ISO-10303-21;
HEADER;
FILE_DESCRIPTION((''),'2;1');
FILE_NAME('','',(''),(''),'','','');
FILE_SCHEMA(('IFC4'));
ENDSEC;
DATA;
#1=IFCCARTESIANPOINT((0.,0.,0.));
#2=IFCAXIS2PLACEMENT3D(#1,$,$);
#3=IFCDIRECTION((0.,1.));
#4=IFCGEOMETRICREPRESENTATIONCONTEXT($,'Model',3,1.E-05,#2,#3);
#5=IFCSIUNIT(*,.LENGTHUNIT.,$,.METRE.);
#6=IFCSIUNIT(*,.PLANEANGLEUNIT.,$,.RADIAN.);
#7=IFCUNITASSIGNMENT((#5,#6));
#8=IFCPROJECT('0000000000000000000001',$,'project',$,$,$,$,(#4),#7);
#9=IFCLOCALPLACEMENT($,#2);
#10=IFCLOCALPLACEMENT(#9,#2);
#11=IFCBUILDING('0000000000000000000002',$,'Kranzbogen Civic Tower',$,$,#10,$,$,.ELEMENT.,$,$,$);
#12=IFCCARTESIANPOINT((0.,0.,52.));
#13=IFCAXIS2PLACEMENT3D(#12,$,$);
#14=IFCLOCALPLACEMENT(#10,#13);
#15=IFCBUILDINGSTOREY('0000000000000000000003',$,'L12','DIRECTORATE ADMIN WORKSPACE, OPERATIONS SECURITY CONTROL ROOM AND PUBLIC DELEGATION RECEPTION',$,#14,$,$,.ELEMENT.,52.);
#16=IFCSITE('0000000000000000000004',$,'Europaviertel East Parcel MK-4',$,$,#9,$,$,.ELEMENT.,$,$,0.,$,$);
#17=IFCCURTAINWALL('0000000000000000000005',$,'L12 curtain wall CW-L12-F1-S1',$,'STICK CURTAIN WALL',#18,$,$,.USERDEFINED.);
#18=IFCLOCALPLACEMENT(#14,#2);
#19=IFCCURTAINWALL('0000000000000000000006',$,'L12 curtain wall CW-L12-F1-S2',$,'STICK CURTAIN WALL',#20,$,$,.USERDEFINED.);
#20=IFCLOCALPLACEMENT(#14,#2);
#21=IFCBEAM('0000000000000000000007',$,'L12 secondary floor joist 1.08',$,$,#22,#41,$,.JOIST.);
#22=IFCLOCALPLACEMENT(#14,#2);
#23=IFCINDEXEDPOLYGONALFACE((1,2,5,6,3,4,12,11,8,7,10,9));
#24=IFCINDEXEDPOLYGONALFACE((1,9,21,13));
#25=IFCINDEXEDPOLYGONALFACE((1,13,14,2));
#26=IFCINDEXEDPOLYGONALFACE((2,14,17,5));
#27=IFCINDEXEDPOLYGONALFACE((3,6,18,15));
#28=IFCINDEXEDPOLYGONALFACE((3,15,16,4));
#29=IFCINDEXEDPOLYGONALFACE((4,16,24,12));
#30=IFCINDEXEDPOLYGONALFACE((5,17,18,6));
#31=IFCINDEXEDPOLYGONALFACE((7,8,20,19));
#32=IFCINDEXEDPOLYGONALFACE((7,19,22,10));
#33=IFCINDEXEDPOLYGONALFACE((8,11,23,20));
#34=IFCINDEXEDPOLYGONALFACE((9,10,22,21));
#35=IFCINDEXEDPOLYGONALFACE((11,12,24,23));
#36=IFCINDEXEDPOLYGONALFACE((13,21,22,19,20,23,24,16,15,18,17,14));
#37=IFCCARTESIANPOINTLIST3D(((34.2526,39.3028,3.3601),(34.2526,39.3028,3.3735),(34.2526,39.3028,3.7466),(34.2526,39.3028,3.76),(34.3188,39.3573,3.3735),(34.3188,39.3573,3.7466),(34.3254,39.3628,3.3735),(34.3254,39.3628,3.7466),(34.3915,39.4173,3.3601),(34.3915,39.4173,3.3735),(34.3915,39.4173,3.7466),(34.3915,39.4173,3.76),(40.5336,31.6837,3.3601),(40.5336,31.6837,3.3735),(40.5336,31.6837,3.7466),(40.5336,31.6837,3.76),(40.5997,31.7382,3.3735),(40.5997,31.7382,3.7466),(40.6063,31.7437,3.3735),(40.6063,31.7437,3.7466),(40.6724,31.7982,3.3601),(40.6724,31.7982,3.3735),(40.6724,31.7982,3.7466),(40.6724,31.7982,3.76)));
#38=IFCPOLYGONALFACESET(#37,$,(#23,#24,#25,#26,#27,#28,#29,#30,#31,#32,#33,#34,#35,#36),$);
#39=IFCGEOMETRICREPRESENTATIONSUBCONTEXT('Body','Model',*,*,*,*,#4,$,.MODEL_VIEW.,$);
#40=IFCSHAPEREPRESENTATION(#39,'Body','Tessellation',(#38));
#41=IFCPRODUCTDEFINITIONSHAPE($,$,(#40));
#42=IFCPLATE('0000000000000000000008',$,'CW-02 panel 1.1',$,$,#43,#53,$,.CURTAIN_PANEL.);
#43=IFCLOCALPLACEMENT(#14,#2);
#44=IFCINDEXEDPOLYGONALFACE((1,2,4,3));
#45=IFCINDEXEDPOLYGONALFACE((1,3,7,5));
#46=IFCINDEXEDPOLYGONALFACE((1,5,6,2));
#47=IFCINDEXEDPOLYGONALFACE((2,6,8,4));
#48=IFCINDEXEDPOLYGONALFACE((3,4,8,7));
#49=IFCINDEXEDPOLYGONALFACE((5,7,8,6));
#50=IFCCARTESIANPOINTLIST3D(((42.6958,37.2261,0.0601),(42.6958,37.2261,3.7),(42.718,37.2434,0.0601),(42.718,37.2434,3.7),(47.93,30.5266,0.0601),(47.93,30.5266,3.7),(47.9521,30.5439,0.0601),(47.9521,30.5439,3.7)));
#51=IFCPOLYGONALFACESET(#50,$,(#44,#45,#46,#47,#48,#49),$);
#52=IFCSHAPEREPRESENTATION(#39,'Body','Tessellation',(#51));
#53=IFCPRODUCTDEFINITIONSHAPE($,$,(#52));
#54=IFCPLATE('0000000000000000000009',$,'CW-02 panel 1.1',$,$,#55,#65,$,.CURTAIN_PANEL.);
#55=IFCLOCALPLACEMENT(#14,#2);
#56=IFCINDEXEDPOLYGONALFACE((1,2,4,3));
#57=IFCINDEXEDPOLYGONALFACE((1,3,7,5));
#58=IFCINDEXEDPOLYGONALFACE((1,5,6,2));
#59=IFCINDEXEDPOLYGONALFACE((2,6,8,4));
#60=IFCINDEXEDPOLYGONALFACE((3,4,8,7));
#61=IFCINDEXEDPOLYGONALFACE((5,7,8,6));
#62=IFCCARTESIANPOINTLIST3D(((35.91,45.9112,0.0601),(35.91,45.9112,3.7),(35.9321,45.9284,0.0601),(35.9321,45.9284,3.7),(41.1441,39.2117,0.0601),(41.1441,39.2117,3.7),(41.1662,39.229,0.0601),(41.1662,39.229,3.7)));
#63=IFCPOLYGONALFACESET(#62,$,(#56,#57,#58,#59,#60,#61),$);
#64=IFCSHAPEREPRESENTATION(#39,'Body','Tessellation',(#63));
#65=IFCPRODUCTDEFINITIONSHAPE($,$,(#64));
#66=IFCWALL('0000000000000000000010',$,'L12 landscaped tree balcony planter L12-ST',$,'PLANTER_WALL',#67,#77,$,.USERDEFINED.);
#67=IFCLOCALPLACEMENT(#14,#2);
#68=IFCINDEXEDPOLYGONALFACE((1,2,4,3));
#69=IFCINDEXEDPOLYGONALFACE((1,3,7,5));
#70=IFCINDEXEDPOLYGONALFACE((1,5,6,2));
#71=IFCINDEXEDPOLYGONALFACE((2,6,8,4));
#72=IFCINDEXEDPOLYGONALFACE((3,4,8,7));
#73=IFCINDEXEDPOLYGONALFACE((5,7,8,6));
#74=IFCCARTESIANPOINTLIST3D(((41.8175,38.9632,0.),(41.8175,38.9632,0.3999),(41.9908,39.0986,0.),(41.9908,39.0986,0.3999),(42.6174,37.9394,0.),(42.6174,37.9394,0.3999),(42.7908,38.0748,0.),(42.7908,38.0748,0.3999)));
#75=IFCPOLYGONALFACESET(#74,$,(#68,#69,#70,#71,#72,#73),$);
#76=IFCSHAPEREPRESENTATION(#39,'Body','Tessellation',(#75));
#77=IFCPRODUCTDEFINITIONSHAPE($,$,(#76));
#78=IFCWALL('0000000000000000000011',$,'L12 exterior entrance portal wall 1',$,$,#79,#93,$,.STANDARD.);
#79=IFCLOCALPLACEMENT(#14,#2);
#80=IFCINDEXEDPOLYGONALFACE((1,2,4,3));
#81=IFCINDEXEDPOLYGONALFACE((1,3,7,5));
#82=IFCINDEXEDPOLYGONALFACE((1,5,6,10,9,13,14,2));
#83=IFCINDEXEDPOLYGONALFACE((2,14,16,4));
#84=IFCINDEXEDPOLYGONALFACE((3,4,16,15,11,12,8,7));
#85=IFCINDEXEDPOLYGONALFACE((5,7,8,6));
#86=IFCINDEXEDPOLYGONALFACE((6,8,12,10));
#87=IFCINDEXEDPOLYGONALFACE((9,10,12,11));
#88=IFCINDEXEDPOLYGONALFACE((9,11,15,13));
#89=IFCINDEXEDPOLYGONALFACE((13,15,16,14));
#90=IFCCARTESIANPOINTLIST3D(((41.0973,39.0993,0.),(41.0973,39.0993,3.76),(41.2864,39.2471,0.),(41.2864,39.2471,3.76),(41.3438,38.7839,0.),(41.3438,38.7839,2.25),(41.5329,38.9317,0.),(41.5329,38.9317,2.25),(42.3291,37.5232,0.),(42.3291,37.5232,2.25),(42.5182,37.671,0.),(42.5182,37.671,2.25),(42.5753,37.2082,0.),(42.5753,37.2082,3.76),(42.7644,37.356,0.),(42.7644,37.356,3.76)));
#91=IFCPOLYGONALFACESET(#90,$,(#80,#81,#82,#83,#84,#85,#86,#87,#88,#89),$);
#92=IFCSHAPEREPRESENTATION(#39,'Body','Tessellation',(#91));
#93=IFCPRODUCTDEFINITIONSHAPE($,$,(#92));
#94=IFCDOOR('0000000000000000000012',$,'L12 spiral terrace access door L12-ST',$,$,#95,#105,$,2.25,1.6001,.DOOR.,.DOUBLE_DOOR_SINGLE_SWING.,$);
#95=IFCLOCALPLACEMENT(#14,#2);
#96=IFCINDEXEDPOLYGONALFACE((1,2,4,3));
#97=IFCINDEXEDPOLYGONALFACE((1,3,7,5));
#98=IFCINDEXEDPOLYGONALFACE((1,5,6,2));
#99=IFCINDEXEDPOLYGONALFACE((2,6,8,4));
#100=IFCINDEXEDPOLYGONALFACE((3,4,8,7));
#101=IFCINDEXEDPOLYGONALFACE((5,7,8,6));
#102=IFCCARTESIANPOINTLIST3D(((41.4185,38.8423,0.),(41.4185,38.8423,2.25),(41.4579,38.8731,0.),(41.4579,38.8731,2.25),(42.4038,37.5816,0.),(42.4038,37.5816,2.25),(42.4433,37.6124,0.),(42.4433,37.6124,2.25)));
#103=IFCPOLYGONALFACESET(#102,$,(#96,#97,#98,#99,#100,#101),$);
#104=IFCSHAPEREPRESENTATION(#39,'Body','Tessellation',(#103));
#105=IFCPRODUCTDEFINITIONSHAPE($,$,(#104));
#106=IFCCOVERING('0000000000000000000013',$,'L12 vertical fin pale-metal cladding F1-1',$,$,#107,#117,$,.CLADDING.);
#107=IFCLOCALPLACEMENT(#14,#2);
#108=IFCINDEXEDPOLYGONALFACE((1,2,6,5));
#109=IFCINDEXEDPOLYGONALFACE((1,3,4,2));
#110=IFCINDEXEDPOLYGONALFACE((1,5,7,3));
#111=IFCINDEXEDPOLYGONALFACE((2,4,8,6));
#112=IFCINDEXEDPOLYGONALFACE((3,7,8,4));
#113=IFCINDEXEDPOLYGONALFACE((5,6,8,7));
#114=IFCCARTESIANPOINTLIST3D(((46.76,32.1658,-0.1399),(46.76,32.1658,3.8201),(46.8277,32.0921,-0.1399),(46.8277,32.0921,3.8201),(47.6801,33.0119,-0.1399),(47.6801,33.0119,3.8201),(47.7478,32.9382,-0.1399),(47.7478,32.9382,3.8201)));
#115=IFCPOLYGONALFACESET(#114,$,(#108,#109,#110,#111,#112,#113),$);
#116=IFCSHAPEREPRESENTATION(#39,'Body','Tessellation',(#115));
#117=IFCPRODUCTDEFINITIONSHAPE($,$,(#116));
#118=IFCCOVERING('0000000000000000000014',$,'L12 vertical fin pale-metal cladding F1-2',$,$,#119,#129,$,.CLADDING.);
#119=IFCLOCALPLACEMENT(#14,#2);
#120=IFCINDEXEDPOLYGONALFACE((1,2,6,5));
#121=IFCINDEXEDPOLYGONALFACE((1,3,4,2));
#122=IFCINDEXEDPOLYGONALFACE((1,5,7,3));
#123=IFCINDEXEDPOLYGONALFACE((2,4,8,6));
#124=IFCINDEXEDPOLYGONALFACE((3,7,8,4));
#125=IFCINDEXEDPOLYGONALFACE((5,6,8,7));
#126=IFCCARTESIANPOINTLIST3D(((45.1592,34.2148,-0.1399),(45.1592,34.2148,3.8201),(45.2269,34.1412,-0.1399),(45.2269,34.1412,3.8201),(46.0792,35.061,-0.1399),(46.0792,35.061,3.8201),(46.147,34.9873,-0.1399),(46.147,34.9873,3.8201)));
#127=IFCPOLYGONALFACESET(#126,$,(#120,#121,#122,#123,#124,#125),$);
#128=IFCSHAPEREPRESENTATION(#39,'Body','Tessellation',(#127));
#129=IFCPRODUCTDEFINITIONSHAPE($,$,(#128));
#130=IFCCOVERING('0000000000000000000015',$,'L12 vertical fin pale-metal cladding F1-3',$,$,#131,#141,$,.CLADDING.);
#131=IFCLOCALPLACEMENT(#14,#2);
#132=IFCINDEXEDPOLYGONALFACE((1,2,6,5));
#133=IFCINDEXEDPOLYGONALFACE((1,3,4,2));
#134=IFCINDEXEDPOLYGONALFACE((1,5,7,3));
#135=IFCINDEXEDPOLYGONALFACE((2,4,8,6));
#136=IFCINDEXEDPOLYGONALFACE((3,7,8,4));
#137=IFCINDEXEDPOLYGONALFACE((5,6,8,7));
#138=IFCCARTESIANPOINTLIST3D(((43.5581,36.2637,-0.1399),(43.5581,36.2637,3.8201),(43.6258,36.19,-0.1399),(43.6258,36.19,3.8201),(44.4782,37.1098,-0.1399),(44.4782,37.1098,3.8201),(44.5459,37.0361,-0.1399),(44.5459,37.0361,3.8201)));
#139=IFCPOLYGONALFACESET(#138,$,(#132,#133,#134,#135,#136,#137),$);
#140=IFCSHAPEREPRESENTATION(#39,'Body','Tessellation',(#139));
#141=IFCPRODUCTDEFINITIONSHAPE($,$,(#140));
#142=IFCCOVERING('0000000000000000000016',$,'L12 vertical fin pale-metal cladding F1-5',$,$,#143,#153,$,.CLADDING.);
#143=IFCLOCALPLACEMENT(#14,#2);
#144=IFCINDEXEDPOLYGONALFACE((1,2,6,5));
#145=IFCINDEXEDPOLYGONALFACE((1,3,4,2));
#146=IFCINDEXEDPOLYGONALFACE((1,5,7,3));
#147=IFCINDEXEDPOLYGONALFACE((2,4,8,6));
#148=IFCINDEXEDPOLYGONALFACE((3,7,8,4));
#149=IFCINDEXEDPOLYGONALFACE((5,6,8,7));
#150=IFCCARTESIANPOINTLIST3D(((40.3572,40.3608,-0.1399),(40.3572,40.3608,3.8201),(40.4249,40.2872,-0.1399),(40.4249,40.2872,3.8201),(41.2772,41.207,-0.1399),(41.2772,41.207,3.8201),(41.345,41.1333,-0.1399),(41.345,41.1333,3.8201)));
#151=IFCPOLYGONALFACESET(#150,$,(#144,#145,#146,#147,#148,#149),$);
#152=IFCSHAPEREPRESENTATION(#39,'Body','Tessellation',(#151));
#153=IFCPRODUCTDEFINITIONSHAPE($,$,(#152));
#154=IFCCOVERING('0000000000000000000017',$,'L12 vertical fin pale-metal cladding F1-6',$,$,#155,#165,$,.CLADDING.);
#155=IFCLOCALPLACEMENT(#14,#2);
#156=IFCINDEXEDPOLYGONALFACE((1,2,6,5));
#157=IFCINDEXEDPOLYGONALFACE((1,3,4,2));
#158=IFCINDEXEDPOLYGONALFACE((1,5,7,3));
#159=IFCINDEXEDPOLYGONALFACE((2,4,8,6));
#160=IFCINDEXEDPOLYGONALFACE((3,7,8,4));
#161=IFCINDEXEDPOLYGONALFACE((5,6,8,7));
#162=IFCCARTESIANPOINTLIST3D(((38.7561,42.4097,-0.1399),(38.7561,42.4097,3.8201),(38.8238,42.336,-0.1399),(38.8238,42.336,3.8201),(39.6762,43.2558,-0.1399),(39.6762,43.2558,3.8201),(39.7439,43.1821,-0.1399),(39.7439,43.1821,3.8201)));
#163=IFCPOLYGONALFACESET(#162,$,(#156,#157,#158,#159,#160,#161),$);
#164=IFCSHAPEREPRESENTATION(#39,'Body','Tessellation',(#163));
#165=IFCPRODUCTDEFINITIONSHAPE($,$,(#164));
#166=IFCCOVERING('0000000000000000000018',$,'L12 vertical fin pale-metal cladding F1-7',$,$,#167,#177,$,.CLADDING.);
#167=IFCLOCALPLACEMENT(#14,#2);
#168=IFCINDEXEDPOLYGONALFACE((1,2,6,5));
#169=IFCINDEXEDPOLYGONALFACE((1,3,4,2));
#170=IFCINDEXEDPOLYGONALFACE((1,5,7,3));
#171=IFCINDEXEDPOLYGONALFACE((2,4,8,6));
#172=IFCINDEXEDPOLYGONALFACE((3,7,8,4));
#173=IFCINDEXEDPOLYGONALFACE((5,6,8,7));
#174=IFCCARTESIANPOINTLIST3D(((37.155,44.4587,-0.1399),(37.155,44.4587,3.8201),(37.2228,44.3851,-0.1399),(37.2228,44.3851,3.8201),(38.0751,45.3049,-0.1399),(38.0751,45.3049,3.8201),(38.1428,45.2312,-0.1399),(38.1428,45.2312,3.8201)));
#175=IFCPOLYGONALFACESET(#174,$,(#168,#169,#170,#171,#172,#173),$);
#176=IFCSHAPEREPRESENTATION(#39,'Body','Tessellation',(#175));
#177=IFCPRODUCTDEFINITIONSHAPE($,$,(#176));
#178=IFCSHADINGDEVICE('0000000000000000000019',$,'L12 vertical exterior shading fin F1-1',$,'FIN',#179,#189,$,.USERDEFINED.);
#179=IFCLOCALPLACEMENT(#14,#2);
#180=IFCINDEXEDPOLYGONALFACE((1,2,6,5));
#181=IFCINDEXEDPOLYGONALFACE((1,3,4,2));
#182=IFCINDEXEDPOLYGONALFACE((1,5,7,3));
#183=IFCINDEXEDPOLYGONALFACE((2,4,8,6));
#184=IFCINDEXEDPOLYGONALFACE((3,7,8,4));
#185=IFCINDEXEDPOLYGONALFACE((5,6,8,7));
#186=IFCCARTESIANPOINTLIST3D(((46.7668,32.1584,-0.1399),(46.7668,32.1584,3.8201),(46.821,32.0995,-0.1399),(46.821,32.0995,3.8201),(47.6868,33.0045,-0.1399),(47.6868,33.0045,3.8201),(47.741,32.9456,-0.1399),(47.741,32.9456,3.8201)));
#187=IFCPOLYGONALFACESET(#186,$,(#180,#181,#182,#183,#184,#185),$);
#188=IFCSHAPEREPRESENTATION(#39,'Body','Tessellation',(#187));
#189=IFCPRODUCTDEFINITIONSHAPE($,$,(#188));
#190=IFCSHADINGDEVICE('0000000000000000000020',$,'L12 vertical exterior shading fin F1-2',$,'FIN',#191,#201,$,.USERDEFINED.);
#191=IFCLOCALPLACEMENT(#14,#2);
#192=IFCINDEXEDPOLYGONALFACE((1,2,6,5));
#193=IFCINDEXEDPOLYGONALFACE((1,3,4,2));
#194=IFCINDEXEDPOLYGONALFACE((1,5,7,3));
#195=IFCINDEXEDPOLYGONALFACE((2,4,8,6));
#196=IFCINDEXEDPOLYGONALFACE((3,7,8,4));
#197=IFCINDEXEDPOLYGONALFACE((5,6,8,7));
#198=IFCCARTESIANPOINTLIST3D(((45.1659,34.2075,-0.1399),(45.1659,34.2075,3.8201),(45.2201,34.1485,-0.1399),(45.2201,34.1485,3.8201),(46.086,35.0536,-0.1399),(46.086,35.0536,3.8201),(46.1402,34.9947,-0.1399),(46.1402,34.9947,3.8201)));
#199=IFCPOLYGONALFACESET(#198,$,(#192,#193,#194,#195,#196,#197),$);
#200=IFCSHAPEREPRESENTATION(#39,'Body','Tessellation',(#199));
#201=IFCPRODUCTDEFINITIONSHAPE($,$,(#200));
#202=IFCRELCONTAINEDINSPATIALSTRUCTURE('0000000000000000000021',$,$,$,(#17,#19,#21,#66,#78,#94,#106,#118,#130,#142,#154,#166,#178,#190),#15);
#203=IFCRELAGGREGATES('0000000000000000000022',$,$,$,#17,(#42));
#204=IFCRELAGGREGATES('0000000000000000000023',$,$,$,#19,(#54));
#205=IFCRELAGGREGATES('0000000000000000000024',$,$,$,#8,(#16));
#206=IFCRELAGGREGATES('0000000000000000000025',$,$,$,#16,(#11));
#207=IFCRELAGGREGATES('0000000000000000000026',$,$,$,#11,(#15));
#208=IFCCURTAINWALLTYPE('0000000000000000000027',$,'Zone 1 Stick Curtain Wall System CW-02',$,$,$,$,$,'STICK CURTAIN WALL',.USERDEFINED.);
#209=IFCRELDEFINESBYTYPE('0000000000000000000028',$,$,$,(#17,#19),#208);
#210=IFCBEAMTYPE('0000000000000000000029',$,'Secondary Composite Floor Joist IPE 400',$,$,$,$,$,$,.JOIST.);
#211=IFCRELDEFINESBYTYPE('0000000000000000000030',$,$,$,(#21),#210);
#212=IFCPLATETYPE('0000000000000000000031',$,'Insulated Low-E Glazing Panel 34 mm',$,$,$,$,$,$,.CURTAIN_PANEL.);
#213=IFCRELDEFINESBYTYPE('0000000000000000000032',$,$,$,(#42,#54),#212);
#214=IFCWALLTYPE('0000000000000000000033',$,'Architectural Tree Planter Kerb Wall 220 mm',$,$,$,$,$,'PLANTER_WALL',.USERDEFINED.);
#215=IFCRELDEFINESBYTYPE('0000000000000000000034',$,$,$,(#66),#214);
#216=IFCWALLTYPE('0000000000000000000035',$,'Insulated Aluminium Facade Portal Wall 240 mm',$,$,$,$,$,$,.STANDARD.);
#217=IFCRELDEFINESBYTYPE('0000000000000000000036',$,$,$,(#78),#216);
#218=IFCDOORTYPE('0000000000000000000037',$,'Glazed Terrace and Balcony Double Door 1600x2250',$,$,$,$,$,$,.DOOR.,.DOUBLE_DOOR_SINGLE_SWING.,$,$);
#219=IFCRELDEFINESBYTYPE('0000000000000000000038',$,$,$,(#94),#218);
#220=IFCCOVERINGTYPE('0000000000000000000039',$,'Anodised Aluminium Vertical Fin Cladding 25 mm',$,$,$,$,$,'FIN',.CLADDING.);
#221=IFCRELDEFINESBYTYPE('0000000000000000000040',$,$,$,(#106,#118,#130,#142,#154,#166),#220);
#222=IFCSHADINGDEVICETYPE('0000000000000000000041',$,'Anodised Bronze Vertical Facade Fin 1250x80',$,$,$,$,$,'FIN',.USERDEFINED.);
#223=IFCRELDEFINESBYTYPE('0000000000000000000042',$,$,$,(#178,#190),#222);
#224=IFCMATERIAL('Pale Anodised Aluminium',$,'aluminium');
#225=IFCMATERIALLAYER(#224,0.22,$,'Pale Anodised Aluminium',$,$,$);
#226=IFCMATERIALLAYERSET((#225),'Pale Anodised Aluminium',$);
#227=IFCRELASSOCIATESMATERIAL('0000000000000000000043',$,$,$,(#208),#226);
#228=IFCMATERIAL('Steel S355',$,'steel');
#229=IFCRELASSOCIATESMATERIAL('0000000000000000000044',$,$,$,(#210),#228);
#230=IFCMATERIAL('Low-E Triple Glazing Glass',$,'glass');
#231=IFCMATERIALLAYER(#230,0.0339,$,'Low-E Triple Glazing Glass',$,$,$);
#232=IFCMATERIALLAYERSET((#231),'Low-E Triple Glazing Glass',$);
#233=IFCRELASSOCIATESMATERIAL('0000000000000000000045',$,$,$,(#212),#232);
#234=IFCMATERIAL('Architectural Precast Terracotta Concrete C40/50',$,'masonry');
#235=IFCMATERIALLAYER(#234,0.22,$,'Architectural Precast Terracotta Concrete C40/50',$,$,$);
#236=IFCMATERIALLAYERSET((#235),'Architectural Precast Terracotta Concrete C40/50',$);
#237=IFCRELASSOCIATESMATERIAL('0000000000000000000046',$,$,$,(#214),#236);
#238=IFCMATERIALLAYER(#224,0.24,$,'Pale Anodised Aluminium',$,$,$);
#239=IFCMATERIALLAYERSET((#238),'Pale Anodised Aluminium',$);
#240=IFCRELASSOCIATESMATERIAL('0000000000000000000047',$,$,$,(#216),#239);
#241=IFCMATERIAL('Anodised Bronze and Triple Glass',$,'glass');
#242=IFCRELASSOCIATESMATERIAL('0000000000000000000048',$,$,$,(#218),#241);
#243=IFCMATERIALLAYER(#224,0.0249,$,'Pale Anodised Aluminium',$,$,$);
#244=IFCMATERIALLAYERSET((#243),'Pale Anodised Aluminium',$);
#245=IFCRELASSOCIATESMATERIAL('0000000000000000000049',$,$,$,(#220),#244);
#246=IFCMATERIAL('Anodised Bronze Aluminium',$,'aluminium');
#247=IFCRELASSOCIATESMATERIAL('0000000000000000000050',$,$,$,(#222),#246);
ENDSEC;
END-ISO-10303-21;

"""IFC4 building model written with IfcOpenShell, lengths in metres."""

from ifc_helpers import new_model, si_unit, direction, frame, frame_2d, origin, origin_2d, place, context, subcontext, project, spatial, rectangle, i_section, extrude, material, layer, layer_set, material_profile, profile_set, type_object, element, fill, aggregate, save


model = new_model("IFC4")

# Units and contexts
model_context = context("Model", 3, precision=1e-05, world=origin(), true_north=direction((0.0, 1.0)))
body_context = subcontext(model_context, "Body", "Model", "MODEL_VIEW")
ifc_project = project(units=[si_unit("LENGTHUNIT", "METRE"), si_unit("PLANEANGLEUNIT", "RADIAN")], contexts=[model_context])

# Site, building, storey
site_placement = place(None, origin())
site = spatial("IfcSite", under=ifc_project, at=site_placement, Name="Europaviertel East Parcel MK-4", CompositionType="ELEMENT", RefElevation=0.0)
building_placement = place(site_placement, origin())
building = spatial("IfcBuilding", under=site, at=building_placement, Name="Kranzbogen Civic Tower", CompositionType="ELEMENT")
storey_placement = place(building_placement, frame((0.0, 0.0, 52.0)))
storey = spatial("IfcBuildingStorey", under=building, at=storey_placement, Name="L12", Description="DIRECTORATE ADMIN WORKSPACE, OPERATIONS SECURITY CONTROL ROOM AND PUBLIC DELEGATION RECEPTION", CompositionType="ELEMENT", Elevation=52.0)

# Curtain wall
ifc_material_1 = material(Name="Pale Anodised Aluminium", Category="aluminium")
ifc_layer_1 = layer(ifc_material_1, 0.22, Name="Pale Anodised Aluminium")
ifc_layer_set_1 = layer_set([ifc_layer_1], Name="Pale Anodised Aluminium")
curtain_wall_type = type_object("IfcCurtainWallType", Name="Zone 1 Stick Curtain Wall System CW-02", ElementType="STICK CURTAIN WALL", PredefinedType="USERDEFINED", material=ifc_layer_set_1)
curtain_wall_1_placement = place(storey_placement, origin())
curtain_wall_1 = element("IfcCurtainWall", 1, at=curtain_wall_1_placement, inside=storey, type_object=curtain_wall_type, Name="L12 curtain wall CW-L12-F1-S1", ObjectType="STICK CURTAIN WALL", PredefinedType="USERDEFINED")

# Curtain wall
curtain_wall_2_placement = place(storey_placement, origin())
curtain_wall_2 = element("IfcCurtainWall", 2, at=curtain_wall_2_placement, inside=storey, type_object=curtain_wall_type, Name="L12 curtain wall CW-L12-F1-S2", ObjectType="STICK CURTAIN WALL", PredefinedType="USERDEFINED")

# Beam
ifc_material_2 = material(Name="Steel S355", Category="steel")
ifc_material_profile_1 = material_profile(ifc_material_2, i_section(OverallWidth=0.1799, OverallDepth=0.3999, WebThickness=0.0085, FlangeThickness=0.0134, at=origin_2d()), Name="IPE 400")
ifc_profile_set_1 = profile_set([ifc_material_profile_1], Name="Steel S355")
beam_type_1 = type_object("IfcBeamType", Name="Secondary Composite Floor Joist IPE 400", PredefinedType="JOIST", material=ifc_profile_set_1)
beam_1_placement = place(storey_placement, frame((40.603, 31.741, 3.5601), z_axis=(-0.636095, 0.771611, 0.0), x_axis=(-0.771611, -0.636095, 0.0)))
element("IfcBeam", 3, at=beam_1_placement, inside=storey, type_object=beam_type_1, Name="L12 secondary floor joist 1.08", PredefinedType="JOIST", context=body_context, shape_type="SweptSolid", body=[
    extrude(i_section(OverallWidth=0.1799, OverallDepth=0.3999, WebThickness=0.0085, FlangeThickness=0.0134, at=origin_2d()), origin(), (0.0, 0.0, 1.0), 9.8743),
])

# Plates
ifc_material_3 = material(Name="Low-E Triple Glazing Glass", Category="glass")
ifc_layer_2 = layer(ifc_material_3, 0.0339, Name="Low-E Triple Glazing Glass")
ifc_layer_set_2 = layer_set([ifc_layer_2], Name="Low-E Triple Glazing Glass")
plate_type = type_object("IfcPlateType", Name="Insulated Low-E Glazing Panel 34 mm", PredefinedType="CURTAIN_PANEL", material=ifc_layer_set_2)
plate_1_placement = place(storey_placement, frame((45.324, 33.885, 0.0601), z_axis=(0.0, 0.0, 1.0), x_axis=(-0.615658, 0.788014, 0.0)))
plate_1 = element("IfcPlate", 4, at=plate_1_placement, type_object=plate_type, Name="CW-02 panel 1.1", PredefinedType="CURTAIN_PANEL", context=body_context, shape_type="SweptSolid", body=[
    extrude(rectangle(XDim=8.5017, YDim=0.0281, at=origin_2d()), origin(), (0.0, 0.0, 1.0), 3.6399),
])
aggregate(curtain_wall_1, [plate_1])
plate_2_placement = place(storey_placement, frame((38.5381, 42.5701, 0.0601), z_axis=(0.0, 0.0, 1.0), x_axis=(-0.615658, 0.788014, 0.0)))
plate_2 = element("IfcPlate", 5, at=plate_2_placement, type_object=plate_type, Name="CW-02 panel 1.1", PredefinedType="CURTAIN_PANEL", context=body_context, shape_type="SweptSolid", body=[
    extrude(rectangle(XDim=8.5017, YDim=0.0281, at=origin_2d()), origin(), (0.0, 0.0, 1.0), 3.6399),
])
aggregate(curtain_wall_2, [plate_2])

# Wall
ifc_material_4 = material(Name="Architectural Precast Terracotta Concrete C40/50", Category="masonry")
ifc_layer_3 = layer(ifc_material_4, 0.22, Name="Architectural Precast Terracotta Concrete C40/50")
ifc_layer_set_3 = layer_set([ifc_layer_3], Name="Architectural Precast Terracotta Concrete C40/50")
wall_type_1 = type_object("IfcWallType", Name="Architectural Tree Planter Kerb Wall 220 mm", ElementType="PLANTER_WALL", PredefinedType="USERDEFINED", material=ifc_layer_set_3)
wall_1_placement = place(storey_placement, frame((42.7041, 38.0071, 0.0), z_axis=(0.0, 0.0, 1.0), x_axis=(-0.615695, 0.787984, 0.0)))
element("IfcWall", 6, at=wall_1_placement, inside=storey, type_object=wall_type_1, Name="L12 landscaped tree balcony planter L12-ST", ObjectType="PLANTER_WALL", PredefinedType="USERDEFINED", context=body_context, shape_type="SweptSolid", body=[
    extrude(rectangle(XDim=1.2993, YDim=0.22, at=frame_2d((0.6497, 0.0))), origin(), (0.0, 0.0, 1.0), 0.3999),
])

# Wall, opening, door
ifc_layer_4 = layer(ifc_material_1, 0.24, Name="Pale Anodised Aluminium")
ifc_layer_set_4 = layer_set([ifc_layer_4], Name="Pale Anodised Aluminium")
wall_type_2 = type_object("IfcWallType", Name="Insulated Aluminium Facade Portal Wall 240 mm", PredefinedType="STANDARD", material=ifc_layer_set_4)
wall_2_placement = place(storey_placement, frame((42.6699, 37.282, 0.0), z_axis=(0.0, 0.0, 1.0), x_axis=(-0.615798, 0.787904, 0.0)))
wall_2 = element("IfcWall", 7, at=wall_2_placement, inside=storey, type_object=wall_type_2, Name="L12 exterior entrance portal wall 1", PredefinedType="STANDARD", context=body_context, shape_type="SweptSolid", body=[
    extrude(rectangle(XDim=2.4001, YDim=0.24, at=frame_2d((1.2002, 0.0))), origin(), (0.0, 0.0, 1.0), 3.76),
])
opening_placement = place(wall_2_placement, frame((0.3999, 0.0, 0.0)))
opening = element("IfcOpeningElement", 8, at=opening_placement, cuts=wall_2, PredefinedType="OPENING", context=body_context, shape_type="SweptSolid", body=[
    extrude(rectangle(XDim=1.6001, YDim=2.25, at=frame_2d((0.8, 1.125))), frame((0.0, 0.1299, 0.0), z_axis=(0.0, -1.0, 0.0), x_axis=(1.0, 0.0, 0.0)), (0.0, 0.0, 1.0), 0.26),
])
ifc_material_5 = material(Name="Anodised Bronze and Triple Glass", Category="glass")
door_type = type_object("IfcDoorType", Name="Glazed Terrace and Balcony Double Door 1600x2250", OperationType="DOUBLE_DOOR_SINGLE_SWING", PredefinedType="DOOR", material=ifc_material_5)
door_placement = place(opening_placement, frame((1.6001, 0.0, 0.0), z_axis=(0.0, 0.0, 1.0), x_axis=(-1.0, 0.0, 0.0)))
door = element("IfcDoor", 9, at=door_placement, inside=storey, type_object=door_type, Name="L12 spiral terrace access door L12-ST", OperationType="DOUBLE_DOOR_SINGLE_SWING", OverallHeight=2.25, OverallWidth=1.6001, PredefinedType="DOOR", context=body_context, shape_type="SweptSolid", body=[
    extrude(rectangle(XDim=1.6001, YDim=2.25, at=frame_2d((0.8, 1.125))), frame((0.0, 0.0249, 0.0), z_axis=(0.0, -1.0, 0.0), x_axis=(1.0, 0.0, 0.0)), (0.0, 0.0, 1.0), 0.05),
])
fill(opening, door)

# Coverings
ifc_layer_5 = layer(ifc_material_1, 0.0249, Name="Pale Anodised Aluminium")
ifc_layer_set_5 = layer_set([ifc_layer_5], Name="Pale Anodised Aluminium")
covering_type = type_object("IfcCoveringType", Name="Anodised Aluminium Vertical Fin Cladding 25 mm", ElementType="FIN", PredefinedType="CLADDING", material=ifc_layer_set_5)
for number, where, z_axis, x_axis, name in (
    (10, (47.2539, 32.552, -0.1399), (0.0, 0.0, 1.0), (0.736062, 0.676915, 0.0), "L12 vertical fin pale-metal cladding F1-1"),
    (11, (45.6531, 34.6011, -0.1399), (0.0, 0.0, 1.0), (0.736062, 0.676915, 0.0), "L12 vertical fin pale-metal cladding F1-2"),
    (12, (44.052, 36.6499, -0.1399), (0.0, 0.0, 1.0), (0.736062, 0.676915, 0.0), "L12 vertical fin pale-metal cladding F1-3"),
    (13, (40.8511, 40.7471, -0.1399), (0.0, 0.0, 1.0), (0.736062, 0.676915, 0.0), "L12 vertical fin pale-metal cladding F1-5"),
    (14, (39.25, 42.7959, -0.1399), (0.0, 0.0, 1.0), (0.736062, 0.676915, 0.0), "L12 vertical fin pale-metal cladding F1-6"),
    (15, (37.6489, 44.845, -0.1399), (0.0, 0.0, 1.0), (0.736062, 0.676915, 0.0), "L12 vertical fin pale-metal cladding F1-7"),
):
    element("IfcCovering", number, at=place(storey_placement, frame(where, z_axis=z_axis, x_axis=x_axis)), inside=storey, type_object=covering_type, Name=name, PredefinedType="CLADDING", context=body_context, shape_type="SweptSolid", body=[
        extrude(rectangle(XDim=1.25, YDim=0.1001, at=origin_2d()), origin(), (0.0, 0.0, 1.0), 3.96),
    ])

# Shading devices
ifc_material_6 = material(Name="Anodised Bronze Aluminium", Category="aluminium")
shading_device_type = type_object("IfcShadingDeviceType", Name="Anodised Bronze Vertical Facade Fin 1250x80", ElementType="FIN", PredefinedType="USERDEFINED", material=ifc_material_6)
for number, where, z_axis, x_axis, name in (
    (16, (47.2539, 32.552, -0.1399), (0.0, 0.0, 1.0), (0.736062, 0.676915, 0.0), "L12 vertical exterior shading fin F1-1"),
    (17, (45.6531, 34.6011, -0.1399), (0.0, 0.0, 1.0), (0.736062, 0.676915, 0.0), "L12 vertical exterior shading fin F1-2"),
):
    element("IfcShadingDevice", number, at=place(storey_placement, frame(where, z_axis=z_axis, x_axis=x_axis)), inside=storey, type_object=shading_device_type, Name=name, ObjectType="FIN", PredefinedType="USERDEFINED", context=body_context, shape_type="SweptSolid", body=[
        extrude(rectangle(XDim=1.25, YDim=0.0801, at=origin_2d()), origin(), (0.0, 0.0, 1.0), 3.96),
    ])

save(model, "model.ifc")
